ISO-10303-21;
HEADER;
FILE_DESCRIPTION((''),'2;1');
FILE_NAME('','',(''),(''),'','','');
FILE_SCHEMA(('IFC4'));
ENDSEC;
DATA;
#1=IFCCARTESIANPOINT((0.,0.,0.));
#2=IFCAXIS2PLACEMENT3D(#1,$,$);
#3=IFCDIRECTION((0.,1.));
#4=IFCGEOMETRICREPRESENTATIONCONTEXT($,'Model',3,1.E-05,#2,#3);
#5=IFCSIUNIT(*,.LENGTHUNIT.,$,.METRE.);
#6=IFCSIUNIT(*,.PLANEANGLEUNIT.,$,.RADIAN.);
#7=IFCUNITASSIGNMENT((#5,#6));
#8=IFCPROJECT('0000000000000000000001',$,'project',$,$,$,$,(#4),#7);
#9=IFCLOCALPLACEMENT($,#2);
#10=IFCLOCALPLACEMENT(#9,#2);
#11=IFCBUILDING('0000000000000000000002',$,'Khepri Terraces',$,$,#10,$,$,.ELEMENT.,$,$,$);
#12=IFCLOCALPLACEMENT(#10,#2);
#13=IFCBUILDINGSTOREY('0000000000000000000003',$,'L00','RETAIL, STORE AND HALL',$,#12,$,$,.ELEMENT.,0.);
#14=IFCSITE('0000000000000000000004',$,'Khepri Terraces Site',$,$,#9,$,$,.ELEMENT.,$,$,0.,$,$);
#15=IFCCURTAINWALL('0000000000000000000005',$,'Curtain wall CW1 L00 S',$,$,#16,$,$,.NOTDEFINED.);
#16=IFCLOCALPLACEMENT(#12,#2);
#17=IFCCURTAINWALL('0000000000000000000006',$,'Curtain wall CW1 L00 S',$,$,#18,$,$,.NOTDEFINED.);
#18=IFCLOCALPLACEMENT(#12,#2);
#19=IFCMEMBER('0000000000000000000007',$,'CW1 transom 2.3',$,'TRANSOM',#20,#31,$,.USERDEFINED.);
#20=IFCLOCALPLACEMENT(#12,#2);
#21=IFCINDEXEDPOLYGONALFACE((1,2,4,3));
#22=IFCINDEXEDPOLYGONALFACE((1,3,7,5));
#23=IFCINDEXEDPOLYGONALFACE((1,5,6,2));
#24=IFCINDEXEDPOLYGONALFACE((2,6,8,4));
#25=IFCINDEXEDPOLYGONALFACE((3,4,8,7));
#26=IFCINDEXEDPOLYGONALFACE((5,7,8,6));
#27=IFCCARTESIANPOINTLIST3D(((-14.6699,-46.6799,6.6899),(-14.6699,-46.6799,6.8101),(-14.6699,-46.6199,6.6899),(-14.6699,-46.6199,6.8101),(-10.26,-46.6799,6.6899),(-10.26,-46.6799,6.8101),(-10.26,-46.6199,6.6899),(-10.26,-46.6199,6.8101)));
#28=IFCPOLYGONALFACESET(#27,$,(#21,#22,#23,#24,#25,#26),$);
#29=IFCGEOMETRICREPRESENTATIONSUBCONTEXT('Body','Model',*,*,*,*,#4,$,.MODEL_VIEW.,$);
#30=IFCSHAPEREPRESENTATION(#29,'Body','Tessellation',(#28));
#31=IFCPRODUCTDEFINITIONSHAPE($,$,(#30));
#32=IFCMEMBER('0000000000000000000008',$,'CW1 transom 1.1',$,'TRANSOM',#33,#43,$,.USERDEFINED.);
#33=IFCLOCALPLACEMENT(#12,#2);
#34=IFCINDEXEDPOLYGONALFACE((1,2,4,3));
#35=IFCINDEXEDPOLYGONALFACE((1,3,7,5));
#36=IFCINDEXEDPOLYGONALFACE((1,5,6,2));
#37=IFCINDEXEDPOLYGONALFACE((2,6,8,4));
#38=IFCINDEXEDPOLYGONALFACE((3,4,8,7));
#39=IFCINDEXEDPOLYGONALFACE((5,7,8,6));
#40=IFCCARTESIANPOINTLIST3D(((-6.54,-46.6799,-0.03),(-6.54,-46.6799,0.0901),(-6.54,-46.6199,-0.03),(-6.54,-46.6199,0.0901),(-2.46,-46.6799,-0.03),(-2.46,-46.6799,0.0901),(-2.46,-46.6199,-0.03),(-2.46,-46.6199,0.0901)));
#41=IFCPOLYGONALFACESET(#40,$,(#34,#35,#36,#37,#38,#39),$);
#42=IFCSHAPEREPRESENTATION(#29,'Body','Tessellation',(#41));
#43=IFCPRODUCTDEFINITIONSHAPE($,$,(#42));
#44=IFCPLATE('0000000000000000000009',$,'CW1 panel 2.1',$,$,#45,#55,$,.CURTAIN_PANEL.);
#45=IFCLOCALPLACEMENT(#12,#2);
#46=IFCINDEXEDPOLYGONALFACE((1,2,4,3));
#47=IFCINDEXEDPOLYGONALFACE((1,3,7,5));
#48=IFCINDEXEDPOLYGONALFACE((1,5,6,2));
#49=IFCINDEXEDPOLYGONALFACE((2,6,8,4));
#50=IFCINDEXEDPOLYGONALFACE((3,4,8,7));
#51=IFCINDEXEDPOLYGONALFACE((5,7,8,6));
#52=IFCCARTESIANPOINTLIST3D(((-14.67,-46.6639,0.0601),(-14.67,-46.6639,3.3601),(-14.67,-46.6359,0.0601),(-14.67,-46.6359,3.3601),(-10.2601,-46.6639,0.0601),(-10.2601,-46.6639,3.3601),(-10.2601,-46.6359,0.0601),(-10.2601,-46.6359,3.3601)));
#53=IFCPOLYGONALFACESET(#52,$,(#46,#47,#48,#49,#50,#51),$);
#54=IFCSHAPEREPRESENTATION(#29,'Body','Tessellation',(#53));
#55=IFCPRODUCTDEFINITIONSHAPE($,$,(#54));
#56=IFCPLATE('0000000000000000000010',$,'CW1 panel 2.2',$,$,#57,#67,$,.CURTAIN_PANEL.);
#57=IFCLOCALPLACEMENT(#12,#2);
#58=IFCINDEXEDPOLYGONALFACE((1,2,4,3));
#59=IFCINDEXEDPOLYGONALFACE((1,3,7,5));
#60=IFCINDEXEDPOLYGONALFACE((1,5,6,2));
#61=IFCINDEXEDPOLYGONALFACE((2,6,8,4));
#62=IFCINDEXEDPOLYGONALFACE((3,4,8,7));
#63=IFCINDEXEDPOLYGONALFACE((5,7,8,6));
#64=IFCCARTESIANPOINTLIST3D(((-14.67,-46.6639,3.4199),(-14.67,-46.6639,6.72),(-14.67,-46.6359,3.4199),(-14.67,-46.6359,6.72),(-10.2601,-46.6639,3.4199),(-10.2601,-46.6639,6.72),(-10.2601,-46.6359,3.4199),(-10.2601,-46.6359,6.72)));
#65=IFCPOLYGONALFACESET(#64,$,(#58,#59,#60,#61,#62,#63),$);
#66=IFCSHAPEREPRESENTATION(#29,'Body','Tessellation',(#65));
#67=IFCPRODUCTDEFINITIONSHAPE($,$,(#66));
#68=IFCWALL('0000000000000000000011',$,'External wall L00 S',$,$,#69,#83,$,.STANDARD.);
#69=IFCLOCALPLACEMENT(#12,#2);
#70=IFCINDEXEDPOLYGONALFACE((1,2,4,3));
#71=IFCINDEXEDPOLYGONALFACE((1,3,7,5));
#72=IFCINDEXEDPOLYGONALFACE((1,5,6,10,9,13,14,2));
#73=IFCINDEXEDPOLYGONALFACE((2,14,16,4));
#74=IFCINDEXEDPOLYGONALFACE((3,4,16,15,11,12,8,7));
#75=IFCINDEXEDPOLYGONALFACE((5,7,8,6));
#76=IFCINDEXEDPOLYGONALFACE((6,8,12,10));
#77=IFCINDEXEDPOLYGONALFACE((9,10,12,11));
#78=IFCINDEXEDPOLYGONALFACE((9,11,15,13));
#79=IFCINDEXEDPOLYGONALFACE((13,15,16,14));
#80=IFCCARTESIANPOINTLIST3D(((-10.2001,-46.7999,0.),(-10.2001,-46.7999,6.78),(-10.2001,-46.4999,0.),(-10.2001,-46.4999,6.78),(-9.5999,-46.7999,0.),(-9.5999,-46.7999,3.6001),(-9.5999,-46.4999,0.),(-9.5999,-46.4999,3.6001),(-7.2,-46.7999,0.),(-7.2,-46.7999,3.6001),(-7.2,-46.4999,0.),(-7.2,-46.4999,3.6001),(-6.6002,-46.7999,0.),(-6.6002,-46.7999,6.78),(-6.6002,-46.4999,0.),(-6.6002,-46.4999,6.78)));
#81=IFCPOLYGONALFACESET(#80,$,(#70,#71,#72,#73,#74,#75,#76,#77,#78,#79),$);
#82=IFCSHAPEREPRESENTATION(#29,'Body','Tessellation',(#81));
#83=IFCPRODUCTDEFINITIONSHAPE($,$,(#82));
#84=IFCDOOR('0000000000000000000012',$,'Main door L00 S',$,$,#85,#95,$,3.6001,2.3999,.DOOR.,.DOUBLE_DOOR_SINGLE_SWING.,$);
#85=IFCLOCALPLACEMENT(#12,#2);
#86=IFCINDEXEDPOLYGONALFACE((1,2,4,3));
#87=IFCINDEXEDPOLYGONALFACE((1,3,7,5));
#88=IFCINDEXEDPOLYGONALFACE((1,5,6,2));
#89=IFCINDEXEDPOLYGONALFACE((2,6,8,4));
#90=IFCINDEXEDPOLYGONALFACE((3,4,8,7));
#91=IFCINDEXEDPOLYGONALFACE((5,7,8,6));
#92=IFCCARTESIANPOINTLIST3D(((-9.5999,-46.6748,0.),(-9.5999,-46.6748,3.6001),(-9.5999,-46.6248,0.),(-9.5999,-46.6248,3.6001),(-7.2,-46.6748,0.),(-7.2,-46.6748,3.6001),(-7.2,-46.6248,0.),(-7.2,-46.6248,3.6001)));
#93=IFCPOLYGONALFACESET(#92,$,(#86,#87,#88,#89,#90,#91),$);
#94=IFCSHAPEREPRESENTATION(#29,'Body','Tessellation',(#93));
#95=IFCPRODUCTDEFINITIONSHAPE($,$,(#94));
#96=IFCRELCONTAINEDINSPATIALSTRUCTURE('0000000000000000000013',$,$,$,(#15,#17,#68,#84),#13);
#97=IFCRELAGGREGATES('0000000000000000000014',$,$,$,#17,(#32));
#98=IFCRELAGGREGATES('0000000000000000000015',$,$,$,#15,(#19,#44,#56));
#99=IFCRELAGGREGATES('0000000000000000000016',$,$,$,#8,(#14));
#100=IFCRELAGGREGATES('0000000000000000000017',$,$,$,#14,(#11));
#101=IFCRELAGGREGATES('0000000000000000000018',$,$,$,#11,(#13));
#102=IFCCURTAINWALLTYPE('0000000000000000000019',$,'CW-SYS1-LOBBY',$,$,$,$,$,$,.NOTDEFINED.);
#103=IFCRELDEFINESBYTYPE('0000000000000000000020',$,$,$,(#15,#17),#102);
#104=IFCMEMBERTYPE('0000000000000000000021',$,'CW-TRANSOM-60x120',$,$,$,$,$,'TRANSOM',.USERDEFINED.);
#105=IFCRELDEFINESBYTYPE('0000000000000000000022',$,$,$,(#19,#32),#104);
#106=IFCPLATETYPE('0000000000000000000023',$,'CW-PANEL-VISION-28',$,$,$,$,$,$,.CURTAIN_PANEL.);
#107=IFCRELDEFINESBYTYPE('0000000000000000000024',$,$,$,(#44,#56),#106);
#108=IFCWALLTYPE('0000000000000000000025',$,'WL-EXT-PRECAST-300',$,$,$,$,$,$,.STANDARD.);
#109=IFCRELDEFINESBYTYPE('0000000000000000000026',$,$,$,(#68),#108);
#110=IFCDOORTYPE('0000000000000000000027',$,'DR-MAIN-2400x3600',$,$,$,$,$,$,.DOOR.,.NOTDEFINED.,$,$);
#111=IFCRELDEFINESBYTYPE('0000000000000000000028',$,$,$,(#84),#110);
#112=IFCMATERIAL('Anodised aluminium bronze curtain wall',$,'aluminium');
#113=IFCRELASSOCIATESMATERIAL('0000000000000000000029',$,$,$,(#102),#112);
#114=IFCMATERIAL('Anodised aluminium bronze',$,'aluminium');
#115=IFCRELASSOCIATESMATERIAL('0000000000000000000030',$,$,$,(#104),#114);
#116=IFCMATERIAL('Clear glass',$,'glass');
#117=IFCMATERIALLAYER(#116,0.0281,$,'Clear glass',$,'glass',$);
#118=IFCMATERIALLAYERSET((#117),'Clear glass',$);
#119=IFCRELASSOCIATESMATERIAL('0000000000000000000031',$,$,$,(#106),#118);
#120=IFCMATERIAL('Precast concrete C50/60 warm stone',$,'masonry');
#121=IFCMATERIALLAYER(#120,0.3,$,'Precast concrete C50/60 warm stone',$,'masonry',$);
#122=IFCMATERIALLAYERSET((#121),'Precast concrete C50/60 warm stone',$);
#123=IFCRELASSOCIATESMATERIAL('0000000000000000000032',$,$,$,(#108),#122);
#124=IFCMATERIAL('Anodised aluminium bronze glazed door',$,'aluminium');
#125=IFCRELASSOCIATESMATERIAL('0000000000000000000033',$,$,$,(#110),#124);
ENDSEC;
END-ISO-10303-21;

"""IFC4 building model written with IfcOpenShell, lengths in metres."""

from ifc_helpers import new_model, si_unit, direction, frame, frame_2d, origin, origin_2d, place, context, subcontext, project, spatial, rectangle, extrude, material, layer, layer_set, material_profile, profile_set, type_object, element, fill, aggregate, save


model = new_model("IFC4")

# Units and contexts
model_context = context("Model", 3, precision=1e-05, world=origin(), true_north=direction((0.0, 1.0)))
body_context = subcontext(model_context, "Body", "Model", "MODEL_VIEW")
ifc_project = project(units=[si_unit("LENGTHUNIT", "METRE"), si_unit("PLANEANGLEUNIT", "RADIAN")], contexts=[model_context])

# Site, building, storey
site_placement = place(None, origin())
site = spatial("IfcSite", under=ifc_project, at=site_placement, Name="Khepri Terraces Site", CompositionType="ELEMENT", RefElevation=0.0)
building_placement = place(site_placement, origin())
building = spatial("IfcBuilding", under=site, at=building_placement, Name="Khepri Terraces", CompositionType="ELEMENT")
storey_placement = place(building_placement, origin())
storey = spatial("IfcBuildingStorey", under=building, at=storey_placement, Name="L00", Description="RETAIL, STORE AND HALL", CompositionType="ELEMENT", Elevation=0.0)

# Curtain wall
ifc_material_1 = material(Name="Anodised aluminium bronze curtain wall", Category="aluminium")
curtain_wall_type = type_object("IfcCurtainWallType", Name="CW-SYS1-LOBBY", PredefinedType="NOTDEFINED", material=ifc_material_1)
curtain_wall_1_placement = place(storey_placement, origin())
curtain_wall_1 = element("IfcCurtainWall", 1, at=curtain_wall_1_placement, inside=storey, type_object=curtain_wall_type, Name="Curtain wall CW1 L00 S", PredefinedType="NOTDEFINED")
ifc_material_2 = material(Name="Anodised aluminium bronze", Category="aluminium")

# Curtain wall
curtain_wall_2_placement = place(storey_placement, origin())
curtain_wall_2 = element("IfcCurtainWall", 2, at=curtain_wall_2_placement, inside=storey, type_object=curtain_wall_type, Name="Curtain wall CW1 L00 S", PredefinedType="NOTDEFINED")

# Members
ifc_material_profile_1 = material_profile(ifc_material_2, rectangle(XDim=0.0601, YDim=0.1201, at=origin_2d()), Name="Anodised aluminium bronze", Category="aluminium")
ifc_profile_set_1 = profile_set([ifc_material_profile_1], Name="Anodised aluminium bronze")
member_type_1 = type_object("IfcMemberType", Name="CW-TRANSOM-60x120", ElementType="TRANSOM", PredefinedType="USERDEFINED", material=ifc_profile_set_1)
member_1_placement = place(storey_placement, frame((-14.6699, -46.6499, 6.75), z_axis=(1.0, 0.0, 0.0), x_axis=(0.0, 1.0, 0.0)))
member_1 = element("IfcMember", 3, at=member_1_placement, type_object=member_type_1, Name="CW1 transom 2.3", ObjectType="TRANSOM", PredefinedType="USERDEFINED", context=body_context, shape_type="SweptSolid", body=[
    extrude(rectangle(XDim=0.0601, YDim=0.1201, at=origin_2d()), origin(), (0.0, 0.0, 1.0), 4.4099),
])
member_2_placement = place(storey_placement, frame((-6.54, -46.6499, 0.03), z_axis=(1.0, 0.0, 0.0), x_axis=(0.0, 1.0, 0.0)))
member_2 = element("IfcMember", 4, at=member_2_placement, type_object=member_type_1, Name="CW1 transom 1.1", ObjectType="TRANSOM", PredefinedType="USERDEFINED", context=body_context, shape_type="SweptSolid", body=[
    extrude(rectangle(XDim=0.0601, YDim=0.1201, at=origin_2d()), origin(), (0.0, 0.0, 1.0), 4.0801),
])
aggregate(curtain_wall_2, [member_2])

# Plates
ifc_material_3 = material(Name="Clear glass", Category="glass")
ifc_layer_1 = layer(ifc_material_3, 0.0281, Name="Clear glass", Category="glass")
ifc_layer_set_1 = layer_set([ifc_layer_1], Name="Clear glass")
plate_type = type_object("IfcPlateType", Name="CW-PANEL-VISION-28", PredefinedType="CURTAIN_PANEL", material=ifc_layer_set_1)
plate_1_placement = place(storey_placement, frame((-12.4651, -46.6499, 0.0601), z_axis=(0.0, 0.0, 1.0), x_axis=(1.0, 0.0, 0.0)))
plate_1 = element("IfcPlate", 5, at=plate_1_placement, type_object=plate_type, Name="CW1 panel 2.1", PredefinedType="CURTAIN_PANEL", context=body_context, shape_type="SweptSolid", body=[
    extrude(rectangle(XDim=4.4099, YDim=0.0281, at=origin_2d()), origin(), (0.0, 0.0, 1.0), 3.3),
])
plate_2_placement = place(storey_placement, frame((-12.4651, -46.6499, 3.4199), z_axis=(0.0, 0.0, 1.0), x_axis=(1.0, 0.0, 0.0)))
plate_2 = element("IfcPlate", 6, at=plate_2_placement, type_object=plate_type, Name="CW1 panel 2.2", PredefinedType="CURTAIN_PANEL", context=body_context, shape_type="SweptSolid", body=[
    extrude(rectangle(XDim=4.4099, YDim=0.0281, at=origin_2d()), origin(), (0.0, 0.0, 1.0), 3.3),
])
aggregate(curtain_wall_1, [member_1, plate_1, plate_2])

# Wall, opening, door
ifc_material_4 = material(Name="Precast concrete C50/60 warm stone", Category="masonry")
ifc_layer_2 = layer(ifc_material_4, 0.3, Name="Precast concrete C50/60 warm stone", Category="masonry")
ifc_layer_set_2 = layer_set([ifc_layer_2], Name="Precast concrete C50/60 warm stone")
wall_type = type_object("IfcWallType", Name="WL-EXT-PRECAST-300", PredefinedType="STANDARD", material=ifc_layer_set_2)
wall_placement = place(storey_placement, frame((-10.2, -46.6499, 0.0), z_axis=(0.0, 0.0, 1.0), x_axis=(1.0, 0.0, 0.0)))
wall = element("IfcWall", 7, at=wall_placement, inside=storey, type_object=wall_type, Name="External wall L00 S", PredefinedType="STANDARD", context=body_context, shape_type="SweptSolid", body=[
    extrude(rectangle(XDim=3.5999, YDim=0.3, at=frame_2d((1.7998, 0.0))), origin(), (0.0, 0.0, 1.0), 6.78),
])
opening_placement = place(wall_placement, frame((0.6001, 0.0, 0.0)))
opening = element("IfcOpeningElement", 8, at=opening_placement, cuts=wall, PredefinedType="OPENING", context=body_context, shape_type="SweptSolid", body=[
    extrude(rectangle(XDim=2.3999, YDim=3.6001, at=frame_2d((1.2, 1.8))), frame((0.0, 0.1602, 0.0), z_axis=(0.0, -1.0, 0.0), x_axis=(1.0, 0.0, 0.0)), (0.0, 0.0, 1.0), 0.3201),
])
ifc_material_5 = material(Name="Anodised aluminium bronze glazed door", Category="aluminium")
door_type = type_object("IfcDoorType", Name="DR-MAIN-2400x3600", OperationType="NOTDEFINED", PredefinedType="DOOR", material=ifc_material_5)
door_placement = place(opening_placement, frame((2.3999, 0.0, 0.0), z_axis=(0.0, 0.0, 1.0), x_axis=(-1.0, 0.0, 0.0)))
door = element("IfcDoor", 9, at=door_placement, inside=storey, type_object=door_type, Name="Main door L00 S", OperationType="DOUBLE_DOOR_SINGLE_SWING", OverallHeight=3.6001, OverallWidth=2.3999, PredefinedType="DOOR", context=body_context, shape_type="SweptSolid", body=[
    extrude(rectangle(XDim=2.3999, YDim=3.6001, at=frame_2d((1.2, 1.8))), frame((0.0, 0.0249, 0.0), z_axis=(0.0, -1.0, 0.0), x_axis=(1.0, 0.0, 0.0)), (0.0, 0.0, 1.0), 0.05),
])
fill(opening, door)

save(model, "model.ifc")
